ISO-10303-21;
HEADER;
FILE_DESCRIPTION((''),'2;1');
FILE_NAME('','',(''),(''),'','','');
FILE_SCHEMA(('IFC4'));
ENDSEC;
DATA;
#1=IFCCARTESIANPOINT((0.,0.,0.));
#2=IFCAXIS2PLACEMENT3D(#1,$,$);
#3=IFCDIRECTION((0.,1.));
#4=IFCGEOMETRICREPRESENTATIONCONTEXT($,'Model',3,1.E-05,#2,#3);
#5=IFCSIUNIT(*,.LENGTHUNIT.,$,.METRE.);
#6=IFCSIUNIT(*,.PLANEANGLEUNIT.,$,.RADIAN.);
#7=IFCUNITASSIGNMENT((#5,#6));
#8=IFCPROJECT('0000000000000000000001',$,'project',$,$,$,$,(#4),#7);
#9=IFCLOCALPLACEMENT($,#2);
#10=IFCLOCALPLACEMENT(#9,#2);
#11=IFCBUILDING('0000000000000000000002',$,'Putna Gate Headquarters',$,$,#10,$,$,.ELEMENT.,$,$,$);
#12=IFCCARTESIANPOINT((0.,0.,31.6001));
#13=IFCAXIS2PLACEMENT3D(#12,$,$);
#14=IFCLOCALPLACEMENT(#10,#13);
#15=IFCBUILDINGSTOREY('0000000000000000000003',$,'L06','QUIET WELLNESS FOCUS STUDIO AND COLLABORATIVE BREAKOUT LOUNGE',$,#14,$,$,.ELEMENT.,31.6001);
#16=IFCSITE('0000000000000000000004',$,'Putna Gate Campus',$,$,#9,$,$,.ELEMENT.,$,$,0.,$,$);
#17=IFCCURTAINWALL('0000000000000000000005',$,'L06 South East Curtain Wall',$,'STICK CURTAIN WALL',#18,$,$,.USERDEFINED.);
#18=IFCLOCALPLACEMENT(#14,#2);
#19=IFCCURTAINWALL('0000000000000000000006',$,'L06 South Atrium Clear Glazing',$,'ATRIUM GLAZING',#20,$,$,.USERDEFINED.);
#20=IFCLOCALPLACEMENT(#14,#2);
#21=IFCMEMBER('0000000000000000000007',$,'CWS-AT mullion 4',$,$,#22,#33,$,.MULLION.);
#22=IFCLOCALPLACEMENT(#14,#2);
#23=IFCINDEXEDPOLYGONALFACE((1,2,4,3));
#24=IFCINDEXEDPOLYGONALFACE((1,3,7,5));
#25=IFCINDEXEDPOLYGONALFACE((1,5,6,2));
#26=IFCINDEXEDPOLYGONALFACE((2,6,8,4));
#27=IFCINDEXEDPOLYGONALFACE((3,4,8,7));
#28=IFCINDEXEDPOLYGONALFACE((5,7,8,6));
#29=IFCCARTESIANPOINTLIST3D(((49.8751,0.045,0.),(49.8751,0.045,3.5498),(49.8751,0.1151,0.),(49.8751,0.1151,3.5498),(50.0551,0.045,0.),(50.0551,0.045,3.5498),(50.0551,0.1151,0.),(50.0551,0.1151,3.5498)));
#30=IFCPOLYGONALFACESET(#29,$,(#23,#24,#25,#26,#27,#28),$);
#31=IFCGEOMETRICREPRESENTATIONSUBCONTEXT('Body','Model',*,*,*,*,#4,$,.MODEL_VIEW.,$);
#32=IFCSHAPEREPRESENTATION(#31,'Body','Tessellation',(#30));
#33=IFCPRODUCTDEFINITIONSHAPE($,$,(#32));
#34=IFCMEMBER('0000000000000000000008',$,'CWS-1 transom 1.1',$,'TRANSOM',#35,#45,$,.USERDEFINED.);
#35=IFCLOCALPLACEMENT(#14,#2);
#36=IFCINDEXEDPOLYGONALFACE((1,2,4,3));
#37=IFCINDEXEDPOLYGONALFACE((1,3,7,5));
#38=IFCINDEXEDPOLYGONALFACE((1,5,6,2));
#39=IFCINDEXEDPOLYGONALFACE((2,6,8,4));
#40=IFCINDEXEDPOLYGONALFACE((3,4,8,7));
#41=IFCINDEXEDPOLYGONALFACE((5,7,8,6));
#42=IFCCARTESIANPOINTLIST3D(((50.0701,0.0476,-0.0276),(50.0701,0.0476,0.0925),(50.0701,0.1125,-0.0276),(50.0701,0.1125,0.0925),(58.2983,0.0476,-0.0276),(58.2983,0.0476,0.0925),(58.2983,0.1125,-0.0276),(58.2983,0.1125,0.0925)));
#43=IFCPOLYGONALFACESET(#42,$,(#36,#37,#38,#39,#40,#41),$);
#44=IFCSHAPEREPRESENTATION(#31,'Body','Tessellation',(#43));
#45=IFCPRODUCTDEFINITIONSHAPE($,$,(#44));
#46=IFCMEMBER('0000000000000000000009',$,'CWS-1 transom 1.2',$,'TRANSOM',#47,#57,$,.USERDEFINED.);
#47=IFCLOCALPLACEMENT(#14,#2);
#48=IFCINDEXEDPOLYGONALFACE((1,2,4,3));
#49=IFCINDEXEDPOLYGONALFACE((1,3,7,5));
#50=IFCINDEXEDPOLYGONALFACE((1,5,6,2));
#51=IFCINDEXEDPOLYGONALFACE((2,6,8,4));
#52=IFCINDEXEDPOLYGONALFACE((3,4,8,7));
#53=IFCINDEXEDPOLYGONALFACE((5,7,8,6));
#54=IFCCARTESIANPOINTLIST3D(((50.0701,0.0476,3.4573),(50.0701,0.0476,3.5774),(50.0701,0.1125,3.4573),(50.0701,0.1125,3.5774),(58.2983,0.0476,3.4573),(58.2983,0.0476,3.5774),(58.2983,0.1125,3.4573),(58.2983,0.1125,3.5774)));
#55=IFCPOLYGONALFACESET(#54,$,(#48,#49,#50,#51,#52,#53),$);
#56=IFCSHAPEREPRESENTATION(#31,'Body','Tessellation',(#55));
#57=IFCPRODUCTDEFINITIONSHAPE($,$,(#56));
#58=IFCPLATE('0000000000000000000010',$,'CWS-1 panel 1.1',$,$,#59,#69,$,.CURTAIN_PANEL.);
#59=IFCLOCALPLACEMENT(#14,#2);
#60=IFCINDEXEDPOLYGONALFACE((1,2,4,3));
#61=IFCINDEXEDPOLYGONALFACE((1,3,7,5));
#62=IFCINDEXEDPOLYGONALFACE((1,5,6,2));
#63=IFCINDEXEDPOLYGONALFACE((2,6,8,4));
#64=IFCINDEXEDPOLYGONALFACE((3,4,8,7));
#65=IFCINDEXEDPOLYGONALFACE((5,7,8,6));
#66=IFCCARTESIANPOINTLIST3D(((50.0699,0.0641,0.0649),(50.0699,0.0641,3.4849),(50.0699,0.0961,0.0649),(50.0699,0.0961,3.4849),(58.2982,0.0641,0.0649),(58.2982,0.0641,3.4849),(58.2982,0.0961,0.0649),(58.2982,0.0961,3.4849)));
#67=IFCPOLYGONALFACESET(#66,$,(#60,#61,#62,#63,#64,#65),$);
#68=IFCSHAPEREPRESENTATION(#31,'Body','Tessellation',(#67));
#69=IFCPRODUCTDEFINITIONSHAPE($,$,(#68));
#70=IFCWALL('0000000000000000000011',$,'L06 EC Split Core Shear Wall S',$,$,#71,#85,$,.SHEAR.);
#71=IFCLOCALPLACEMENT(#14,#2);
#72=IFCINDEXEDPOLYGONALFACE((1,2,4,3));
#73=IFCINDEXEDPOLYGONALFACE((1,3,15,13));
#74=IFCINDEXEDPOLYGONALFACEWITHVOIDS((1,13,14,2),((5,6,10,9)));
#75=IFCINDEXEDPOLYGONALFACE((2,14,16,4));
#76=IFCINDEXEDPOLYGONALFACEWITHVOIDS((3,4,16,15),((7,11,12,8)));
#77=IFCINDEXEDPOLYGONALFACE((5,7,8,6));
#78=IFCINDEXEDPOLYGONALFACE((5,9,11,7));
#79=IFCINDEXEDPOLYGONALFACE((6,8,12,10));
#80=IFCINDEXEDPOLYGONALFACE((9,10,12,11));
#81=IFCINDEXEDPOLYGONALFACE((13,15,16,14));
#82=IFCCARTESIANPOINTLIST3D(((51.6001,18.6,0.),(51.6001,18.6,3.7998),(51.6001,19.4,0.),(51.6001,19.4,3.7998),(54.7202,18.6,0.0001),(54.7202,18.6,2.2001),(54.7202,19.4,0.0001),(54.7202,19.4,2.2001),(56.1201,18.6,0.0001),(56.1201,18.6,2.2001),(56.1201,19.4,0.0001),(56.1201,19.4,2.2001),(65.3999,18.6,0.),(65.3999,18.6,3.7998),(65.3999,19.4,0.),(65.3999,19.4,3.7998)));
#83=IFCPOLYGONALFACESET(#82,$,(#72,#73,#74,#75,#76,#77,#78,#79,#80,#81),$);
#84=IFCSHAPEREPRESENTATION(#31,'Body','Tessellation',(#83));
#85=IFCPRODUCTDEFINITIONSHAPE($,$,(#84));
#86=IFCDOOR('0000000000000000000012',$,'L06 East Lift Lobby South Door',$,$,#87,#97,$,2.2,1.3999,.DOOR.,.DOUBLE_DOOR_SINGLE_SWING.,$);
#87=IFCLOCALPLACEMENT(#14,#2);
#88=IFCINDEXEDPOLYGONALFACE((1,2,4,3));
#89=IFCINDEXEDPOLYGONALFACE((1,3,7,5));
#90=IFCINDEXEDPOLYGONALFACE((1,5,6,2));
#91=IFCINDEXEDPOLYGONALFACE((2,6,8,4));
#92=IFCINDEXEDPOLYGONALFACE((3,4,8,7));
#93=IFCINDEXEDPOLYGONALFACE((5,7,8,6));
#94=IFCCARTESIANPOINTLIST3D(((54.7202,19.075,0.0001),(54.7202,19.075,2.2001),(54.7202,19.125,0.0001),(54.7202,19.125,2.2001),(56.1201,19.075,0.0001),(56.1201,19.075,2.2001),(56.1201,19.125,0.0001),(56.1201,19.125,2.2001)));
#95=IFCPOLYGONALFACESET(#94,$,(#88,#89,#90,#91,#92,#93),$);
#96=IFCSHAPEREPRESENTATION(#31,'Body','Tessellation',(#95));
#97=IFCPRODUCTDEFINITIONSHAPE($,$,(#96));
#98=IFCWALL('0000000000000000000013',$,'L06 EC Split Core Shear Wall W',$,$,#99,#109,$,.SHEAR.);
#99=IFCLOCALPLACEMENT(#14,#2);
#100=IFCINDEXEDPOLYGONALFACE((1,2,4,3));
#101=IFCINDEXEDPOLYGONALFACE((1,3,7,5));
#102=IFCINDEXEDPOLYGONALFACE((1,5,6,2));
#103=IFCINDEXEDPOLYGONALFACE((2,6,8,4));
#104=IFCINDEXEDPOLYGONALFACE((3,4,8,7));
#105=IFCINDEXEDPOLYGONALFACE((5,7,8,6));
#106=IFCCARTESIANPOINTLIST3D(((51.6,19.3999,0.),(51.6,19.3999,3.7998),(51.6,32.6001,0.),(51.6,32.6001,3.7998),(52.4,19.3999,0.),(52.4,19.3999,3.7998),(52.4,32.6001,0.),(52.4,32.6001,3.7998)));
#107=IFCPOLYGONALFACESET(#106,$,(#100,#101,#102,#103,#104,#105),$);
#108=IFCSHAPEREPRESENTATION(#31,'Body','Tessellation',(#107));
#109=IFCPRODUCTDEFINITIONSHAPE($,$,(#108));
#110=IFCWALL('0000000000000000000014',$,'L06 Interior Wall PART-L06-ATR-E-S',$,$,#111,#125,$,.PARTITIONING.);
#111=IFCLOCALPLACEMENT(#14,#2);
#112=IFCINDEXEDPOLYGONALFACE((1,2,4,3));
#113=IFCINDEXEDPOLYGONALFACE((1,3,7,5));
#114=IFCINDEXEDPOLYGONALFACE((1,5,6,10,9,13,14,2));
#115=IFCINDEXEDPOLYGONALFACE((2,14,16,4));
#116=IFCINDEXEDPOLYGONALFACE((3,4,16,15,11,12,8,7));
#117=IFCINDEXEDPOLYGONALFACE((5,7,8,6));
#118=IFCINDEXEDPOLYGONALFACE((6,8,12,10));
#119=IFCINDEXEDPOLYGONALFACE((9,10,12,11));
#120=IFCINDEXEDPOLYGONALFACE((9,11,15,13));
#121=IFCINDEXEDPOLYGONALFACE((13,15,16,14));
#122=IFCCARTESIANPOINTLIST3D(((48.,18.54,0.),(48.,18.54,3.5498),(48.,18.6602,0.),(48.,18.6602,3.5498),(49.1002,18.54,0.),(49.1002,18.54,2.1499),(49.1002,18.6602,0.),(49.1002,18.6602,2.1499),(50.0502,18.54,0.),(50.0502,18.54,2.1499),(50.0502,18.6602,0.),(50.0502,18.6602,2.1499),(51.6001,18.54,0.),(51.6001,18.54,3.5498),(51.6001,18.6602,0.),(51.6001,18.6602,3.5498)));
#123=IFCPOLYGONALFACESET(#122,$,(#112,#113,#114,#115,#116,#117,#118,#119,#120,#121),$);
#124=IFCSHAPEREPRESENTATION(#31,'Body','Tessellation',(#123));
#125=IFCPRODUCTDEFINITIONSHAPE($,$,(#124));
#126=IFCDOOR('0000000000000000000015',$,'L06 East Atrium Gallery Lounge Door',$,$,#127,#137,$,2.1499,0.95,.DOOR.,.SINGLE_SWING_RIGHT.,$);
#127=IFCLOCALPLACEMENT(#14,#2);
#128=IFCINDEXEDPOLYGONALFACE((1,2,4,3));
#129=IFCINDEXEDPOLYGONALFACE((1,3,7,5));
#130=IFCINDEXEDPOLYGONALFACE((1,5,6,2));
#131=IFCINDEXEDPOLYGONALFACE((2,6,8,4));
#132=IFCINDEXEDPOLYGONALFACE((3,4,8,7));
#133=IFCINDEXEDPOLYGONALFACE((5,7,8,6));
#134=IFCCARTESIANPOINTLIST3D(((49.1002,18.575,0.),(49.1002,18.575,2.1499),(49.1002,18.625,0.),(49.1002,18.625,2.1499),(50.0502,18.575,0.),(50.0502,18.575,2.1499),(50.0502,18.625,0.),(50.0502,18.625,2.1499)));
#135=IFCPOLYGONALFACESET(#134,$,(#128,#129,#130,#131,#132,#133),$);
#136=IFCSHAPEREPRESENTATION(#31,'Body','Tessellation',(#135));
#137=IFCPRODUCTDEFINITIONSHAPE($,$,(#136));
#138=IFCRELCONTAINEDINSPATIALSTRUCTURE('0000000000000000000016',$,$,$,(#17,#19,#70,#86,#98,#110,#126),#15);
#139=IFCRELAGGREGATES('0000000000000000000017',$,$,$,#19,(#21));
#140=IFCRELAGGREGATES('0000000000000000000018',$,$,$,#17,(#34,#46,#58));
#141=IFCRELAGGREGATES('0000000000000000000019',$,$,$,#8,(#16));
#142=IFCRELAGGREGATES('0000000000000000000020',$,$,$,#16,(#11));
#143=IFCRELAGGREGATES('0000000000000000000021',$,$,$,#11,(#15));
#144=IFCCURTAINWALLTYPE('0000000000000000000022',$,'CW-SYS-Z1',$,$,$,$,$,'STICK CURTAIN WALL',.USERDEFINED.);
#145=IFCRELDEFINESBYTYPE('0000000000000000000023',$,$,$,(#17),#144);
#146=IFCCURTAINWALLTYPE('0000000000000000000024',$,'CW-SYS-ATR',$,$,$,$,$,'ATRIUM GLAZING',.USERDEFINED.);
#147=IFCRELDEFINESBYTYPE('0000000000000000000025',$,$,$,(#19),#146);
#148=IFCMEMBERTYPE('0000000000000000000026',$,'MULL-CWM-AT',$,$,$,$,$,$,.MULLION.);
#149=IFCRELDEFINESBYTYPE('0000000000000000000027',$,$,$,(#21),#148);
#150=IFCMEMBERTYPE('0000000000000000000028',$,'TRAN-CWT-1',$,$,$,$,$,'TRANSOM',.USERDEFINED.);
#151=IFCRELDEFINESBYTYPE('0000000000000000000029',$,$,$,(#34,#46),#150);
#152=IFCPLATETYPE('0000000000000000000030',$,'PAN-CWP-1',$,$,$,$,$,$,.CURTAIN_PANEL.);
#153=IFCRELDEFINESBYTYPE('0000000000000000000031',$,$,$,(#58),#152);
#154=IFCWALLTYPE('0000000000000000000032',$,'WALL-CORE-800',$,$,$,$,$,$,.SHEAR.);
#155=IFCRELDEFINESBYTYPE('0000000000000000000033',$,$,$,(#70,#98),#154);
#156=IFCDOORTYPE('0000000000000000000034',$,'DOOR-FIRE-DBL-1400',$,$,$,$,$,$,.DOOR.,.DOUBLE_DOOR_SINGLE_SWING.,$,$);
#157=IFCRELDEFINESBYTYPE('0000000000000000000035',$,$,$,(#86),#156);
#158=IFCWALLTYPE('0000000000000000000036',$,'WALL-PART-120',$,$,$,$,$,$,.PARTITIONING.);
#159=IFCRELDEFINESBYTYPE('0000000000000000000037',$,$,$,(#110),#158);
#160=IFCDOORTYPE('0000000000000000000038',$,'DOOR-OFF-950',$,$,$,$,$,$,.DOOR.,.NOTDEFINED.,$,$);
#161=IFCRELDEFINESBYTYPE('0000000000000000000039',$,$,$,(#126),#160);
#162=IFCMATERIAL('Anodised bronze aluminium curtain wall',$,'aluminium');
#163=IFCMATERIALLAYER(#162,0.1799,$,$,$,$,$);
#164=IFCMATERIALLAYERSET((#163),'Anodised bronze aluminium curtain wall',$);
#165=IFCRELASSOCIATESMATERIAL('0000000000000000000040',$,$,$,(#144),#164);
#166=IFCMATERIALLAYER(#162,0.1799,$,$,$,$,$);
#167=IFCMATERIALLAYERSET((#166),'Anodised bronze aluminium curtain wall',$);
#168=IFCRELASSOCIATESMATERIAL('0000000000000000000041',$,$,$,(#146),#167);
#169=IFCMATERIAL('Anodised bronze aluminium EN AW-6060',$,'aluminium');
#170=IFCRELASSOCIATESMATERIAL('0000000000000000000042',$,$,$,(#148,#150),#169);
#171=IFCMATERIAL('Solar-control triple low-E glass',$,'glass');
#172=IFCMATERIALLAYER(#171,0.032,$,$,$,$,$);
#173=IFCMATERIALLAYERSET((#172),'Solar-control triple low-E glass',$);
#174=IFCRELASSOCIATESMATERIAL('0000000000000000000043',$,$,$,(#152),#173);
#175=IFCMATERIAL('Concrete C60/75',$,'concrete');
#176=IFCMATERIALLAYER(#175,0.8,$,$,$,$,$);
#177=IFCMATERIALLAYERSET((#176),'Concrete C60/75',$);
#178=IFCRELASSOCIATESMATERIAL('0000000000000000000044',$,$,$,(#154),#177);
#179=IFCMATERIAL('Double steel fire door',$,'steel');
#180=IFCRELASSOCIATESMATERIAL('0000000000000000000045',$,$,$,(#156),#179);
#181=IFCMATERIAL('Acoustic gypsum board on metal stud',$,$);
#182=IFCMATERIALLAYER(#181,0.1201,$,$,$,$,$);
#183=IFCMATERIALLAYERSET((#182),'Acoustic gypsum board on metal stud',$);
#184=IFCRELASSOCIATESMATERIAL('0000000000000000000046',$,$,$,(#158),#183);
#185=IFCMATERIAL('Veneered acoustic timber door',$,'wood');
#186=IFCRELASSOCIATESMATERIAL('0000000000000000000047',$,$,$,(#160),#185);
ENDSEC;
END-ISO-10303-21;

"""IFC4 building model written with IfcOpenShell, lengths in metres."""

from ifc_helpers import new_model, si_unit, direction, frame, frame_2d, origin, origin_2d, place, context, subcontext, project, spatial, rectangle, extrude, material, layer, layer_set, material_profile, profile_set, type_object, element, fill, aggregate, save


model = new_model("IFC4")

# Units and contexts
model_context = context("Model", 3, precision=1e-05, world=origin(), true_north=direction((0.0, 1.0)))
body_context = subcontext(model_context, "Body", "Model", "MODEL_VIEW")
ifc_project = project(units=[si_unit("LENGTHUNIT", "METRE"), si_unit("PLANEANGLEUNIT", "RADIAN")], contexts=[model_context])

# Site, building, storey
site_placement = place(None, origin())
site = spatial("IfcSite", under=ifc_project, at=site_placement, Name="Putna Gate Campus", CompositionType="ELEMENT", RefElevation=0.0)
building_placement = place(site_placement, origin())
building = spatial("IfcBuilding", under=site, at=building_placement, Name="Putna Gate Headquarters", CompositionType="ELEMENT")
storey_placement = place(building_placement, frame((0.0, 0.0, 31.6001)))
storey = spatial("IfcBuildingStorey", under=building, at=storey_placement, Name="L06", Description="QUIET WELLNESS FOCUS STUDIO AND COLLABORATIVE BREAKOUT LOUNGE", CompositionType="ELEMENT", Elevation=31.6001)

# Shared definitions
ifc_material_1 = material(Name="Concrete C60/75", Category="concrete")

# Curtain walls, member
ifc_material_2 = material(Name="Anodised bronze aluminium curtain wall", Category="aluminium")
ifc_layer_1 = layer(ifc_material_2, 0.1799)
ifc_layer_set_1 = layer_set([ifc_layer_1], Name="Anodised bronze aluminium curtain wall")
curtain_wall_type_1 = type_object("IfcCurtainWallType", Name="CW-SYS-Z1", ElementType="STICK CURTAIN WALL", PredefinedType="USERDEFINED", material=ifc_layer_set_1)
curtain_wall_1_placement = place(storey_placement, origin())
curtain_wall_1 = element("IfcCurtainWall", 1, at=curtain_wall_1_placement, inside=storey, type_object=curtain_wall_type_1, Name="L06 South East Curtain Wall", ObjectType="STICK CURTAIN WALL", PredefinedType="USERDEFINED")
ifc_material_3 = material(Name="Anodised bronze aluminium EN AW-6060", Category="aluminium")
ifc_layer_2 = layer(ifc_material_2, 0.1799)
ifc_layer_set_2 = layer_set([ifc_layer_2], Name="Anodised bronze aluminium curtain wall")
curtain_wall_type_2 = type_object("IfcCurtainWallType", Name="CW-SYS-ATR", ElementType="ATRIUM GLAZING", PredefinedType="USERDEFINED", material=ifc_layer_set_2)
curtain_wall_2_placement = place(storey_placement, origin())
curtain_wall_2 = element("IfcCurtainWall", 2, at=curtain_wall_2_placement, inside=storey, type_object=curtain_wall_type_2, Name="L06 South Atrium Clear Glazing", ObjectType="ATRIUM GLAZING", PredefinedType="USERDEFINED")
ifc_material_profile_1 = material_profile(ifc_material_3, rectangle(XDim=0.0701, YDim=0.1799, at=origin_2d()), Name="Anodised bronze aluminium EN AW-6060")
ifc_profile_set_1 = profile_set([ifc_material_profile_1], Name="Anodised bronze aluminium EN AW-6060")
member_type_1 = type_object("IfcMemberType", Name="MULL-CWM-AT", PredefinedType="MULLION", material=ifc_profile_set_1)
member_1_placement = place(storey_placement, frame((49.9651, 0.0801, 0.0), z_axis=(0.0, 0.0, 1.0), x_axis=(0.0, 1.0, 0.0)))
member_1 = element("IfcMember", 3, at=member_1_placement, type_object=member_type_1, Name="CWS-AT mullion 4", PredefinedType="MULLION", context=body_context, shape_type="SweptSolid", body=[
    extrude(rectangle(XDim=0.0701, YDim=0.1799, at=origin_2d()), origin(), (0.0, 0.0, 1.0), 3.5498),
])
aggregate(curtain_wall_2, [member_1])

# Members
ifc_material_profile_2 = material_profile(ifc_material_3, rectangle(XDim=0.0649, YDim=0.1201, at=origin_2d()), Name="Anodised bronze aluminium EN AW-6060")
ifc_profile_set_2 = profile_set([ifc_material_profile_2], Name="Anodised bronze aluminium EN AW-6060")
member_type_2 = type_object("IfcMemberType", Name="TRAN-CWT-1", ElementType="TRANSOM", PredefinedType="USERDEFINED", material=ifc_profile_set_2)
member_2_placement = place(storey_placement, frame((50.0701, 0.0801, 0.0325), z_axis=(1.0, 0.0, 0.0), x_axis=(0.0, 1.0, 0.0)))
member_2 = element("IfcMember", 4, at=member_2_placement, type_object=member_type_2, Name="CWS-1 transom 1.1", ObjectType="TRANSOM", PredefinedType="USERDEFINED", context=body_context, shape_type="SweptSolid", body=[
    extrude(rectangle(XDim=0.0649, YDim=0.1201, at=origin_2d()), origin(), (0.0, 0.0, 1.0), 8.2283),
])
member_3_placement = place(storey_placement, frame((50.0701, 0.0801, 3.5173), z_axis=(1.0, 0.0, 0.0), x_axis=(0.0, 1.0, 0.0)))
member_3 = element("IfcMember", 5, at=member_3_placement, type_object=member_type_2, Name="CWS-1 transom 1.2", ObjectType="TRANSOM", PredefinedType="USERDEFINED", context=body_context, shape_type="SweptSolid", body=[
    extrude(rectangle(XDim=0.0649, YDim=0.1201, at=origin_2d()), origin(), (0.0, 0.0, 1.0), 8.2283),
])

# Plate
ifc_material_4 = material(Name="Solar-control triple low-E glass", Category="glass")
ifc_layer_3 = layer(ifc_material_4, 0.032)
ifc_layer_set_3 = layer_set([ifc_layer_3], Name="Solar-control triple low-E glass")
plate_type = type_object("IfcPlateType", Name="PAN-CWP-1", PredefinedType="CURTAIN_PANEL", material=ifc_layer_set_3)
plate_placement = place(storey_placement, frame((54.1841, 0.0801, 0.0649), z_axis=(0.0, 0.0, 1.0), x_axis=(1.0, 0.0, 0.0)))
plate = element("IfcPlate", 6, at=plate_placement, type_object=plate_type, Name="CWS-1 panel 1.1", PredefinedType="CURTAIN_PANEL", context=body_context, shape_type="SweptSolid", body=[
    extrude(rectangle(XDim=8.2283, YDim=0.032, at=origin_2d()), origin(), (0.0, 0.0, 1.0), 3.4199),
])
aggregate(curtain_wall_1, [member_2, member_3, plate])

# Wall, opening, door
ifc_layer_4 = layer(ifc_material_1, 0.8)
ifc_layer_set_4 = layer_set([ifc_layer_4], Name="Concrete C60/75")
wall_type_1 = type_object("IfcWallType", Name="WALL-CORE-800", PredefinedType="SHEAR", material=ifc_layer_set_4)
wall_1_placement = place(storey_placement, frame((51.6001, 19.0, 0.0), z_axis=(0.0, 0.0, 1.0), x_axis=(1.0, 0.0, 0.0)))
wall_1 = element("IfcWall", 7, at=wall_1_placement, inside=storey, type_object=wall_type_1, Name="L06 EC Split Core Shear Wall S", PredefinedType="SHEAR", context=body_context, shape_type="SweptSolid", body=[
    extrude(rectangle(XDim=13.7998, YDim=0.8, at=frame_2d((6.8999, 0.0))), origin(), (0.0, 0.0, 1.0), 3.7998),
])
opening_1_placement = place(wall_1_placement, frame((3.1201, 0.0, 0.0)))
opening_1 = element("IfcOpeningElement", 8, at=opening_1_placement, cuts=wall_1, PredefinedType="OPENING", context=body_context, shape_type="SweptSolid", body=[
    extrude(rectangle(XDim=1.3999, YDim=2.2, at=frame_2d((0.7, 1.1001))), frame((0.0, 0.4099, 0.0), z_axis=(0.0, -1.0, 0.0), x_axis=(1.0, 0.0, 0.0)), (0.0, 0.0, 1.0), 0.8201),
])
ifc_material_5 = material(Name="Double steel fire door", Category="steel")
door_type_1 = type_object("IfcDoorType", Name="DOOR-FIRE-DBL-1400", OperationType="DOUBLE_DOOR_SINGLE_SWING", PredefinedType="DOOR", material=ifc_material_5)
door_1_placement = place(opening_1_placement, origin())
door_1 = element("IfcDoor", 9, at=door_1_placement, inside=storey, type_object=door_type_1, Name="L06 East Lift Lobby South Door", OperationType="DOUBLE_DOOR_SINGLE_SWING", OverallHeight=2.2, OverallWidth=1.3999, PredefinedType="DOOR", context=body_context, shape_type="SweptSolid", body=[
    extrude(rectangle(XDim=1.3999, YDim=2.2, at=frame_2d((0.7, 1.1001))), frame((0.0, 0.125, 0.0), z_axis=(0.0, -1.0, 0.0), x_axis=(1.0, 0.0, 0.0)), (0.0, 0.0, 1.0), 0.05),
])
fill(opening_1, door_1)

# Wall
wall_2_placement = place(storey_placement, frame((52.0, 19.3999, 0.0), z_axis=(0.0, 0.0, 1.0), x_axis=(0.0, 1.0, 0.0)))
element("IfcWall", 10, at=wall_2_placement, inside=storey, type_object=wall_type_1, Name="L06 EC Split Core Shear Wall W", PredefinedType="SHEAR", context=body_context, shape_type="SweptSolid", body=[
    extrude(rectangle(XDim=13.2002, YDim=0.8, at=frame_2d((6.6001, 0.0))), origin(), (0.0, 0.0, 1.0), 3.7998),
])

# Wall, opening, door
ifc_material_6 = material(Name="Acoustic gypsum board on metal stud")
ifc_layer_5 = layer(ifc_material_6, 0.1201)
ifc_layer_set_5 = layer_set([ifc_layer_5], Name="Acoustic gypsum board on metal stud")
wall_type_2 = type_object("IfcWallType", Name="WALL-PART-120", PredefinedType="PARTITIONING", material=ifc_layer_set_5)
wall_3_placement = place(storey_placement, frame((48.0, 18.6001, 0.0), z_axis=(0.0, 0.0, 1.0), x_axis=(1.0, 0.0, 0.0)))
wall_3 = element("IfcWall", 11, at=wall_3_placement, inside=storey, type_object=wall_type_2, Name="L06 Interior Wall PART-L06-ATR-E-S", PredefinedType="PARTITIONING", context=body_context, shape_type="SweptSolid", body=[
    extrude(rectangle(XDim=3.6001, YDim=0.1201, at=frame_2d((1.8, 0.0))), origin(), (0.0, 0.0, 1.0), 3.5498),
])
opening_2_placement = place(wall_3_placement, frame((1.1001, 0.0, 0.0)))
opening_2 = element("IfcOpeningElement", 12, at=opening_2_placement, cuts=wall_3, PredefinedType="OPENING", context=body_context, shape_type="SweptSolid", body=[
    extrude(rectangle(XDim=0.95, YDim=2.1499, at=frame_2d((0.4751, 1.075))), frame((0.0, 0.0701, 0.0), z_axis=(0.0, -1.0, 0.0), x_axis=(1.0, 0.0, 0.0)), (0.0, 0.0, 1.0), 0.1401),
])
ifc_material_7 = material(Name="Veneered acoustic timber door", Category="wood")
door_type_2 = type_object("IfcDoorType", Name="DOOR-OFF-950", OperationType="NOTDEFINED", PredefinedType="DOOR", material=ifc_material_7)
door_2_placement = place(opening_2_placement, origin())
door_2 = element("IfcDoor", 13, at=door_2_placement, inside=storey, type_object=door_type_2, Name="L06 East Atrium Gallery Lounge Door", OperationType="SINGLE_SWING_RIGHT", OverallHeight=2.1499, OverallWidth=0.95, PredefinedType="DOOR", context=body_context, shape_type="SweptSolid", body=[
    extrude(rectangle(XDim=0.95, YDim=2.1499, at=frame_2d((0.4751, 1.075))), frame((0.0, 0.0249, 0.0), z_axis=(0.0, -1.0, 0.0), x_axis=(1.0, 0.0, 0.0)), (0.0, 0.0, 1.0), 0.05),
])
fill(opening_2, door_2)

save(model, "model.ifc")
